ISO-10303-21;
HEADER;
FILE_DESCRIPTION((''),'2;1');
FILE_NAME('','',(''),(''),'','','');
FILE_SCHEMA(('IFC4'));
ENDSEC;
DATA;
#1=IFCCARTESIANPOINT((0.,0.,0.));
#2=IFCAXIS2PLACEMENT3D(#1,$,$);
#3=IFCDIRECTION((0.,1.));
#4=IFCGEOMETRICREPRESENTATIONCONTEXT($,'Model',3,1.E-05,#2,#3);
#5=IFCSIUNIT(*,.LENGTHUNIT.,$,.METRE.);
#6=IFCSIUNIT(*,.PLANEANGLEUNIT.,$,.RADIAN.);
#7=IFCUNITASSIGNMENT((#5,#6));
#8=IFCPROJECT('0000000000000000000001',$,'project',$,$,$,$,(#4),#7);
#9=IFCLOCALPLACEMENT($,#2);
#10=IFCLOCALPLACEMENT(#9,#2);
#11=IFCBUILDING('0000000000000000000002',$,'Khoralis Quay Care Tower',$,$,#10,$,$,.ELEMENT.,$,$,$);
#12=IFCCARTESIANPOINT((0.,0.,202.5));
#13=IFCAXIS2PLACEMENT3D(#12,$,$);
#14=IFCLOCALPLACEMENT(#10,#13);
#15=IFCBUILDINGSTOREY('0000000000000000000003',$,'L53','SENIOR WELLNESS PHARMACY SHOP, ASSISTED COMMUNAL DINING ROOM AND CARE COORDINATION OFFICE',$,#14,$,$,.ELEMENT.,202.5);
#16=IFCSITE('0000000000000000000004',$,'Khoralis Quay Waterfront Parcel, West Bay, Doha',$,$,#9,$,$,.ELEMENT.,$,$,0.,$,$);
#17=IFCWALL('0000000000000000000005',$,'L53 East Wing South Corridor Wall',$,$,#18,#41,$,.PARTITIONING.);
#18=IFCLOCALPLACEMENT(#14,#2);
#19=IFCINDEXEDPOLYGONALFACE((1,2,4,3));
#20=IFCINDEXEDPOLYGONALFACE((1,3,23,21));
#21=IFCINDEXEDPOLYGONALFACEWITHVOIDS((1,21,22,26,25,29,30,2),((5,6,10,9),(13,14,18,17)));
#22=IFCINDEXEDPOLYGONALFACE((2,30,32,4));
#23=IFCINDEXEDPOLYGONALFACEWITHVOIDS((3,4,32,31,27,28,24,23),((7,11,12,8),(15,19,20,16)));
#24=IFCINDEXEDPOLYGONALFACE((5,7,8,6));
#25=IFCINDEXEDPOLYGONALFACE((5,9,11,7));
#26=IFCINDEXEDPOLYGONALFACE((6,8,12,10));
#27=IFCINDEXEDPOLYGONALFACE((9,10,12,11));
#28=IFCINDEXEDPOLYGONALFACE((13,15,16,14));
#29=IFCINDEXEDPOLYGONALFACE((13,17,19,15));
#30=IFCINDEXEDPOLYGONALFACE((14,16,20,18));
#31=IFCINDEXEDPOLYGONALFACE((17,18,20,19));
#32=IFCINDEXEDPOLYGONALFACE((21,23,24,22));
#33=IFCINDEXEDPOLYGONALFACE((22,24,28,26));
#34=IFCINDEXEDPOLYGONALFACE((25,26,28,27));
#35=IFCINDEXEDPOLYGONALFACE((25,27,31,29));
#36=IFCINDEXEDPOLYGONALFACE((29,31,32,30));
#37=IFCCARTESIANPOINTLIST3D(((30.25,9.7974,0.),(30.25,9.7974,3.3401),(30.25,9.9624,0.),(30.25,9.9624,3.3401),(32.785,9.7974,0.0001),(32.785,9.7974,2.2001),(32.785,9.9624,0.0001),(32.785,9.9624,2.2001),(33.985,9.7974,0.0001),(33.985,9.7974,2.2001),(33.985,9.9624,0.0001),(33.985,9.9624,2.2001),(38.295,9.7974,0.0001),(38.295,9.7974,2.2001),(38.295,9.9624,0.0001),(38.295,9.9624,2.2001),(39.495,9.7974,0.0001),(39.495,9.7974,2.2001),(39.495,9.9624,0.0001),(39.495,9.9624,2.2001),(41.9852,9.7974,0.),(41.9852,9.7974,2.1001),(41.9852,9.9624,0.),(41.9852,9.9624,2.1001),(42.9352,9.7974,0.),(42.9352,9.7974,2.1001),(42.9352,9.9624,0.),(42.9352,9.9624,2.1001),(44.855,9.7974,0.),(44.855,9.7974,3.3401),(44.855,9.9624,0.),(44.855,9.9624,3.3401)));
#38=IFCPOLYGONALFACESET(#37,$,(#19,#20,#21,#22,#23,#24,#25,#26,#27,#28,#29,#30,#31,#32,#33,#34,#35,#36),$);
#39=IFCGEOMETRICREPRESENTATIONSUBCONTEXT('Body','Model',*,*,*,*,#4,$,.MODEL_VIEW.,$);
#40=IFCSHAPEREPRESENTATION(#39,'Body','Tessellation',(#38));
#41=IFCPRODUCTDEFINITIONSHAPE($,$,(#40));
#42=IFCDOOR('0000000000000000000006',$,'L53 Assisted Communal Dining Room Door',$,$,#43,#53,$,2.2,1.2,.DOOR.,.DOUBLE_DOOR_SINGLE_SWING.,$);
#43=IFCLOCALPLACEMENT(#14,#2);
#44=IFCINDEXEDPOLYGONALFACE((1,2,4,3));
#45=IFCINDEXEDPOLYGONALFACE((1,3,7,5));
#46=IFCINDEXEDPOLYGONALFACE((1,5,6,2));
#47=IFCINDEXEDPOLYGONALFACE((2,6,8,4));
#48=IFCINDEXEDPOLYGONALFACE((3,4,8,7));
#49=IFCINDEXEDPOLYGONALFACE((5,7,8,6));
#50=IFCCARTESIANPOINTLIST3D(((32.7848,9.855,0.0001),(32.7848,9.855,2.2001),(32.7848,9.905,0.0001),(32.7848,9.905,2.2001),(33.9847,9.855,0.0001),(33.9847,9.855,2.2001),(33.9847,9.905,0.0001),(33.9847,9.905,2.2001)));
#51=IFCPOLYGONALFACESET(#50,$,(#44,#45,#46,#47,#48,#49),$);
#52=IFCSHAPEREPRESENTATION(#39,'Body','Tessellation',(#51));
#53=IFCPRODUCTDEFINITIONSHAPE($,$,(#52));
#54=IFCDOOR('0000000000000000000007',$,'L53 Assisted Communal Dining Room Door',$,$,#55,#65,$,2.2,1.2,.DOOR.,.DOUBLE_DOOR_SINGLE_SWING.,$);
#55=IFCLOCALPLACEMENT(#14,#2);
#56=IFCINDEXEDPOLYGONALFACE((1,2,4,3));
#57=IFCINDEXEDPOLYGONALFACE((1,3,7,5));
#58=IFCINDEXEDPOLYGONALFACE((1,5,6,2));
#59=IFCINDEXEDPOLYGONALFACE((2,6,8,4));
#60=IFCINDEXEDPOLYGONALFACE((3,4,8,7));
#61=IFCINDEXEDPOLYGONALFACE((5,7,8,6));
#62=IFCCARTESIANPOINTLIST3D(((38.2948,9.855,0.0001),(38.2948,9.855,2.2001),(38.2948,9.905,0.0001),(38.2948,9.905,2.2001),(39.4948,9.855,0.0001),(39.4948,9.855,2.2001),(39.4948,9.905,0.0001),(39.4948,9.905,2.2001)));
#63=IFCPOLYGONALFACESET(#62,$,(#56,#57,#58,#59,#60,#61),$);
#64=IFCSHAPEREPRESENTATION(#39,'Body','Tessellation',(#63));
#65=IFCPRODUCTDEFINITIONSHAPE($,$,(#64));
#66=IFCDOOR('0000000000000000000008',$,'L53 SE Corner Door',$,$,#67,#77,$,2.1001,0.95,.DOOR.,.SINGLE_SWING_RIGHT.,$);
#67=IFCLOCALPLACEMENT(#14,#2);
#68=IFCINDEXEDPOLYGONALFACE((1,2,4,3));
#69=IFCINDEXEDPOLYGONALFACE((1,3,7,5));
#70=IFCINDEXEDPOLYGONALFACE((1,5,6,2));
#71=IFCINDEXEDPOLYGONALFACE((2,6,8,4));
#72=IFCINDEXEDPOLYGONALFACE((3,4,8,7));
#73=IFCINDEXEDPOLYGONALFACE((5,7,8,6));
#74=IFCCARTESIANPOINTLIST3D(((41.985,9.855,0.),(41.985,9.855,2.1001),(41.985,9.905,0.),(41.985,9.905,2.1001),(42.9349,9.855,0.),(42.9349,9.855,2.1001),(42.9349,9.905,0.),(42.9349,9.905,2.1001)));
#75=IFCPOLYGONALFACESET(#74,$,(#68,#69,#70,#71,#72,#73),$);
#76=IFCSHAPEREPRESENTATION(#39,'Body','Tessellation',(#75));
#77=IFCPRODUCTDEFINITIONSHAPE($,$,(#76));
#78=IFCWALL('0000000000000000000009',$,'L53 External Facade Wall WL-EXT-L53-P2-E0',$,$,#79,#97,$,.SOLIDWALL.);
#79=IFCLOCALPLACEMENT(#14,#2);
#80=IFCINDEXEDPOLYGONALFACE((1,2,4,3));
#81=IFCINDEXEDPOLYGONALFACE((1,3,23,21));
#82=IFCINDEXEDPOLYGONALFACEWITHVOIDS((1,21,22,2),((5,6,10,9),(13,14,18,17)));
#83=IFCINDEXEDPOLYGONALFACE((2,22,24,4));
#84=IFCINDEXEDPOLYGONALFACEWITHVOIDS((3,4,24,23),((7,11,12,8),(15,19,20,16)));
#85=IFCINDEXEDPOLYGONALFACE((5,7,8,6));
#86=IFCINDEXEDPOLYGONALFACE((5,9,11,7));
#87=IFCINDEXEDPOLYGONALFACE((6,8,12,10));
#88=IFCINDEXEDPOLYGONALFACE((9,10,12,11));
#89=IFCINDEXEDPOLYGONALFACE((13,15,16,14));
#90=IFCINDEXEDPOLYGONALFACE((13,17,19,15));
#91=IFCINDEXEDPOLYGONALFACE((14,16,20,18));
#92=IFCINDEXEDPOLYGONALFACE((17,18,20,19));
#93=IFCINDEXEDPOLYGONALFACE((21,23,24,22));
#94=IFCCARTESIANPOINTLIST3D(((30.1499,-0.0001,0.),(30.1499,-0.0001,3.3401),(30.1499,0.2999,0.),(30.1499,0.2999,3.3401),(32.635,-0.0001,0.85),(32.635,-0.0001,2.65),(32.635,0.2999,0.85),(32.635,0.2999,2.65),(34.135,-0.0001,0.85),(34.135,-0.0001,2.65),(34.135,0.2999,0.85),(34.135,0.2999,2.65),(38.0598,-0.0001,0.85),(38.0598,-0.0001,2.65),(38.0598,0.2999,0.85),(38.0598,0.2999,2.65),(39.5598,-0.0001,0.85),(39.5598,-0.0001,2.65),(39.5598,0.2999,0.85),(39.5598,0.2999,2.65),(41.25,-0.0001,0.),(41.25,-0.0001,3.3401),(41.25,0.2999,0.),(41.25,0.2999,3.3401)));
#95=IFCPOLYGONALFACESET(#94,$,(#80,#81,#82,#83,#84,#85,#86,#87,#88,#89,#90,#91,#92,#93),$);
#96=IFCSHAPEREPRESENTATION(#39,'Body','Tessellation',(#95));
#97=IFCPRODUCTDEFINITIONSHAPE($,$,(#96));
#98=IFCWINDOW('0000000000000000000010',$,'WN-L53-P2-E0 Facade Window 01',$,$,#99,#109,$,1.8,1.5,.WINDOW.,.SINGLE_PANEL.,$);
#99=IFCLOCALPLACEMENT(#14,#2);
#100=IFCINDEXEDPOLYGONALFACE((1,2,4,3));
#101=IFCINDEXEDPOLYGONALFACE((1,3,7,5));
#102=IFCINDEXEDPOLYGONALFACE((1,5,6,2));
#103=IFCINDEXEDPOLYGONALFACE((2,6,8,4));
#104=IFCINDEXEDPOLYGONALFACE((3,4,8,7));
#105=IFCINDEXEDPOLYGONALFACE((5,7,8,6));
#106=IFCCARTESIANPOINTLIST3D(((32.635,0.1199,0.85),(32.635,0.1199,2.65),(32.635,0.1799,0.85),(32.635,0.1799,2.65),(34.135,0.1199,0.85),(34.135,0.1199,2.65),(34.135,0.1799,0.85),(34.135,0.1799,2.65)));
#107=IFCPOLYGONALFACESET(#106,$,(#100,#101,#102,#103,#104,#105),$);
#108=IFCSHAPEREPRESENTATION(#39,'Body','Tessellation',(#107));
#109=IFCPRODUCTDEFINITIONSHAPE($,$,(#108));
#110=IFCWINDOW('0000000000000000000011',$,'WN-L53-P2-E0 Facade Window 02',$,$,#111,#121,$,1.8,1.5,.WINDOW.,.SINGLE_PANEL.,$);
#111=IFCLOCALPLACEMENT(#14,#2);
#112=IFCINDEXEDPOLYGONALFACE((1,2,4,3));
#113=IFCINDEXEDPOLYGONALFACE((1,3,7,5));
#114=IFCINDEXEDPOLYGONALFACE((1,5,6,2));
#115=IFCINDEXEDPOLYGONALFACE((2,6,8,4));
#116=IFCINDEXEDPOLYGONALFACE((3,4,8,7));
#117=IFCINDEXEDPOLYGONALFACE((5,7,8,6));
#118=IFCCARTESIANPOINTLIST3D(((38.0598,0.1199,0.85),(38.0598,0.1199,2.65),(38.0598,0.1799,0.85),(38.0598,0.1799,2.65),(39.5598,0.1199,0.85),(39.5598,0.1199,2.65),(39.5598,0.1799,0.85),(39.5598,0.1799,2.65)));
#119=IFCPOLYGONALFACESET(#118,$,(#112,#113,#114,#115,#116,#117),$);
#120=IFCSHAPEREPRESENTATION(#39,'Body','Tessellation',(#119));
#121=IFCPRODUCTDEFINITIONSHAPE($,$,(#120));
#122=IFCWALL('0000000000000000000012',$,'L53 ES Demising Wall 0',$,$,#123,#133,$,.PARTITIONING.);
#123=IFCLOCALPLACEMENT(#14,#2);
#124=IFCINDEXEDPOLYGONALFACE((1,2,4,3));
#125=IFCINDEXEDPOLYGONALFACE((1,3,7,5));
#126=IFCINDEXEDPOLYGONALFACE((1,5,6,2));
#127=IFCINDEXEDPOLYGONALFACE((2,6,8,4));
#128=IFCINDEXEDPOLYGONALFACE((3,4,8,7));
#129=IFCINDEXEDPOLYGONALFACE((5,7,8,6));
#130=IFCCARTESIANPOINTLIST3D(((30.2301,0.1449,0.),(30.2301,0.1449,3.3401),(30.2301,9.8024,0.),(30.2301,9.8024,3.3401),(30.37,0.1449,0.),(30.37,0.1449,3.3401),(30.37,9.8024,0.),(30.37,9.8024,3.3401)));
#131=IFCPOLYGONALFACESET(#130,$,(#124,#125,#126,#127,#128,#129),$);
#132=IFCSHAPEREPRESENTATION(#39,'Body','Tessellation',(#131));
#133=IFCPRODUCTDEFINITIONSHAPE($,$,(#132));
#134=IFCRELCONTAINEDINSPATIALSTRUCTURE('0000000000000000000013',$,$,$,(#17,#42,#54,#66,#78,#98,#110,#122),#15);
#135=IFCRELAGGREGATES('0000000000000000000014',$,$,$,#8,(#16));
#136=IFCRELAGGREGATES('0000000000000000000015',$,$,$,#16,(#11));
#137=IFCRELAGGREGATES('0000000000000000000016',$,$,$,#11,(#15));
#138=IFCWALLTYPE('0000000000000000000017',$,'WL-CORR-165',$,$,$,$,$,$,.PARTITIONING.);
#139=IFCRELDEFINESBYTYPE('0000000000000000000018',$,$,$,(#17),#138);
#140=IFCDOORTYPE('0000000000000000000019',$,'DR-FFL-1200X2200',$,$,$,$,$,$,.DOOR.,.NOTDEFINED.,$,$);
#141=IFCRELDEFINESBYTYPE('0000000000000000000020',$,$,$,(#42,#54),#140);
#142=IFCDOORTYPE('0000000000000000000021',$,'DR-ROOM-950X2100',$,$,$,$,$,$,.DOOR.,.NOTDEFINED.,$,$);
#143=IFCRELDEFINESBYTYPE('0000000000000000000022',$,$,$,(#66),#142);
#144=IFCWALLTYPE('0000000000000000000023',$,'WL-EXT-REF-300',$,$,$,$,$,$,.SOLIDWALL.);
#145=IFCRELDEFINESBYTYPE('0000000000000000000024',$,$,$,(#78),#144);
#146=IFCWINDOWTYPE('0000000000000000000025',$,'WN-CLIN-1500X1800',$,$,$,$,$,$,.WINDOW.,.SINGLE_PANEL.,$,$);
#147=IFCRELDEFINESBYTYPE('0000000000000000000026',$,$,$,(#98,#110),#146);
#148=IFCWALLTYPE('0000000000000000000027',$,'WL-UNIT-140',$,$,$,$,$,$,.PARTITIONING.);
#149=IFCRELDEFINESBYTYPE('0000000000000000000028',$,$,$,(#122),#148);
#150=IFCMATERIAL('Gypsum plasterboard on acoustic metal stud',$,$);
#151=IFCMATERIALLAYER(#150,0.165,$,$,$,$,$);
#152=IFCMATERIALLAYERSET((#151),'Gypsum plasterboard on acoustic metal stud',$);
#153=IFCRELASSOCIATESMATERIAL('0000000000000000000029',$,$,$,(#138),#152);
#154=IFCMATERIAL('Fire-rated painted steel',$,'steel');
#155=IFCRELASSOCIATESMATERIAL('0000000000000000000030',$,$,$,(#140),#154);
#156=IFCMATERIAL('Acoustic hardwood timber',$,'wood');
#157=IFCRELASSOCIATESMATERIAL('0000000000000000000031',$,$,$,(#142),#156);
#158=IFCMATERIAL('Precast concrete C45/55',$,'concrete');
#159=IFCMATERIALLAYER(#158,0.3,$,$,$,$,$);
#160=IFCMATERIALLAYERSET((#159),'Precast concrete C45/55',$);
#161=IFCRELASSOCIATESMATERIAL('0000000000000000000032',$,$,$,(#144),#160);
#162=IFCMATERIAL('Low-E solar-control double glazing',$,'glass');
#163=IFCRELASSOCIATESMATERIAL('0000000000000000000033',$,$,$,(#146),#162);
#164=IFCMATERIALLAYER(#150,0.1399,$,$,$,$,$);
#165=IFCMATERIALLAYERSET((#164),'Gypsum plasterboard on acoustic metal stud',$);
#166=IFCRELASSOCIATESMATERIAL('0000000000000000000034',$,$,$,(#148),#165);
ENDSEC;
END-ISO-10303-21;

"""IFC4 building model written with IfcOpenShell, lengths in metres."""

from ifc_helpers import new_model, si_unit, direction, frame, frame_2d, origin, place, context, subcontext, project, spatial, rectangle, extrude, source, transform, mapped, material, layer, layer_set, type_object, element, fill, save


model = new_model("IFC4")

# Units and contexts
model_context = context("Model", 3, precision=1e-05, world=origin(), true_north=direction((0.0, 1.0)))
body_context = subcontext(model_context, "Body", "Model", "MODEL_VIEW")
ifc_project = project(units=[si_unit("LENGTHUNIT", "METRE"), si_unit("PLANEANGLEUNIT", "RADIAN")], contexts=[model_context])

# Site, building, storey
site_placement = place(None, origin())
site = spatial("IfcSite", under=ifc_project, at=site_placement, Name="Khoralis Quay Waterfront Parcel, West Bay, Doha", CompositionType="ELEMENT", RefElevation=0.0)
building_placement = place(site_placement, origin())
building = spatial("IfcBuilding", under=site, at=building_placement, Name="Khoralis Quay Care Tower", CompositionType="ELEMENT")
storey_placement = place(building_placement, frame((0.0, 0.0, 202.5)))
storey = spatial("IfcBuildingStorey", under=building, at=storey_placement, Name="L53", Description="SENIOR WELLNESS PHARMACY SHOP, ASSISTED COMMUNAL DINING ROOM AND CARE COORDINATION OFFICE", CompositionType="ELEMENT", Elevation=202.5)

# Shared definitions
ifc_material_1 = material(Name="Low-E solar-control double glazing", Category="glass")

# Wall, openings, doors
ifc_material_2 = material(Name="Gypsum plasterboard on acoustic metal stud")
ifc_layer_1 = layer(ifc_material_2, 0.165)
ifc_layer_set_1 = layer_set([ifc_layer_1], Name="Gypsum plasterboard on acoustic metal stud")
wall_type_1 = type_object("IfcWallType", Name="WL-CORR-165", PredefinedType="PARTITIONING", material=ifc_layer_set_1)
wall_1_placement = place(storey_placement, frame((30.25, 9.8799, 0.0), z_axis=(0.0, 0.0, 1.0), x_axis=(1.0, 0.0, 0.0)))
wall_1 = element("IfcWall", 1, at=wall_1_placement, inside=storey, type_object=wall_type_1, Name="L53 East Wing South Corridor Wall", PredefinedType="PARTITIONING", context=body_context, shape_type="SweptSolid", body=[
    extrude(rectangle(XDim=14.605, YDim=0.165, at=frame_2d((7.3025, 0.0))), origin(), (0.0, 0.0, 1.0), 3.3401),
])
opening_1_placement = place(wall_1_placement, frame((2.5349, 0.0, 0.0)))
opening_1 = element("IfcOpeningElement", 2, at=opening_1_placement, cuts=wall_1, PredefinedType="OPENING", context=body_context, shape_type="SweptSolid", body=[
    extrude(rectangle(XDim=1.2, YDim=2.2, at=frame_2d((0.6001, 1.1001))), frame((0.0, 0.0925, 0.0), z_axis=(0.0, -1.0, 0.0), x_axis=(1.0, 0.0, 0.0)), (0.0, 0.0, 1.0), 0.1851),
])
opening_2_placement = place(wall_1_placement, frame((8.0449, 0.0, 0.0)))
opening_2 = element("IfcOpeningElement", 3, at=opening_2_placement, cuts=wall_1, PredefinedType="OPENING", context=body_context, shape_type="SweptSolid", body=[
    extrude(rectangle(XDim=1.2, YDim=2.2, at=frame_2d((0.6001, 1.1001))), frame((0.0, 0.0925, 0.0), z_axis=(0.0, -1.0, 0.0), x_axis=(1.0, 0.0, 0.0)), (0.0, 0.0, 1.0), 0.1851),
])
opening_3_placement = place(wall_1_placement, frame((11.7351, 0.0, 0.0)))
opening_3 = element("IfcOpeningElement", 4, at=opening_3_placement, cuts=wall_1, PredefinedType="OPENING", context=body_context, shape_type="SweptSolid", body=[
    extrude(rectangle(XDim=0.95, YDim=2.1001, at=frame_2d((0.4751, 1.05))), frame((0.0, 0.0925, 0.0), z_axis=(0.0, -1.0, 0.0), x_axis=(1.0, 0.0, 0.0)), (0.0, 0.0, 1.0), 0.1851),
])
ifc_material_3 = material(Name="Fire-rated painted steel", Category="steel")
door_type_1 = type_object("IfcDoorType", Name="DR-FFL-1200X2200", OperationType="NOTDEFINED", PredefinedType="DOOR", material=ifc_material_3)
shared_shape_1 = source(origin(), body_context, "Body", "SweptSolid", [
    extrude(rectangle(XDim=1.2, YDim=2.2, at=frame_2d((0.6001, 1.1001))), frame((0.0, 0.0249, 0.0), z_axis=(0.0, -1.0, 0.0), x_axis=(1.0, 0.0, 0.0)), (0.0, 0.0, 1.0), 0.05),
])
door_1_placement = place(opening_1_placement, frame((1.2, 0.0, 0.0), z_axis=(0.0, 0.0, 1.0), x_axis=(-1.0, 0.0, 0.0)))
door_1 = element("IfcDoor", 5, at=door_1_placement, inside=storey, type_object=door_type_1, Name="L53 Assisted Communal Dining Room Door", OperationType="DOUBLE_DOOR_SINGLE_SWING", OverallHeight=2.2, OverallWidth=1.2, PredefinedType="DOOR", context=body_context, shape_type="MappedRepresentation", body=[
    mapped(shared_shape_1, transform((0.0, 0.0, 0.0), scale=1.0)),
])
fill(opening_1, door_1)
door_2_placement = place(opening_2_placement, frame((1.2, 0.0, 0.0), z_axis=(0.0, 0.0, 1.0), x_axis=(-1.0, 0.0, 0.0)))
door_2 = element("IfcDoor", 6, at=door_2_placement, inside=storey, type_object=door_type_1, Name="L53 Assisted Communal Dining Room Door", OperationType="DOUBLE_DOOR_SINGLE_SWING", OverallHeight=2.2, OverallWidth=1.2, PredefinedType="DOOR", context=body_context, shape_type="MappedRepresentation", body=[
    mapped(shared_shape_1, transform((0.0, 0.0, 0.0), scale=1.0)),
])
fill(opening_2, door_2)
ifc_material_4 = material(Name="Acoustic hardwood timber", Category="wood")
door_type_2 = type_object("IfcDoorType", Name="DR-ROOM-950X2100", OperationType="NOTDEFINED", PredefinedType="DOOR", material=ifc_material_4)
shared_shape_2 = source(origin(), body_context, "Body", "SweptSolid", [
    extrude(rectangle(XDim=0.95, YDim=2.1001, at=frame_2d((0.4751, 1.05))), frame((0.0, 0.0249, 0.0), z_axis=(0.0, -1.0, 0.0), x_axis=(1.0, 0.0, 0.0)), (0.0, 0.0, 1.0), 0.05),
])
door_3_placement = place(opening_3_placement, frame((0.95, 0.0, 0.0), z_axis=(0.0, 0.0, 1.0), x_axis=(-1.0, 0.0, 0.0)))
door_3 = element("IfcDoor", 7, at=door_3_placement, inside=storey, type_object=door_type_2, Name="L53 SE Corner Door", OperationType="SINGLE_SWING_RIGHT", OverallHeight=2.1001, OverallWidth=0.95, PredefinedType="DOOR", context=body_context, shape_type="MappedRepresentation", body=[
    mapped(shared_shape_2, transform((0.0, 0.0, 0.0), scale=1.0)),
])
fill(opening_3, door_3)

# Wall, openings, windows
ifc_material_5 = material(Name="Precast concrete C45/55", Category="concrete")
ifc_layer_2 = layer(ifc_material_5, 0.3)
ifc_layer_set_2 = layer_set([ifc_layer_2], Name="Precast concrete C45/55")
wall_type_2 = type_object("IfcWallType", Name="WL-EXT-REF-300", PredefinedType="SOLIDWALL", material=ifc_layer_set_2)
wall_2_placement = place(storey_placement, frame((30.1499, 0.1499, 0.0), z_axis=(0.0, 0.0, 1.0), x_axis=(1.0, 0.0, 0.0)))
wall_2 = element("IfcWall", 8, at=wall_2_placement, inside=storey, type_object=wall_type_2, Name="L53 External Facade Wall WL-EXT-L53-P2-E0", PredefinedType="SOLIDWALL", context=body_context, shape_type="SweptSolid", body=[
    extrude(rectangle(XDim=11.1001, YDim=0.3, at=frame_2d((5.55, 0.0))), origin(), (0.0, 0.0, 1.0), 3.3401),
])
opening_4_placement = place(wall_2_placement, frame((2.4851, 0.0, 0.8501)))
opening_4 = element("IfcOpeningElement", 9, at=opening_4_placement, cuts=wall_2, PredefinedType="OPENING", context=body_context, shape_type="SweptSolid", body=[
    extrude(rectangle(XDim=1.5, YDim=1.8, at=frame_2d((0.75, 0.8999))), frame((0.0, 0.1602, 0.0), z_axis=(0.0, -1.0, 0.0), x_axis=(1.0, 0.0, 0.0)), (0.0, 0.0, 1.0), 0.3201),
])
opening_5_placement = place(wall_2_placement, frame((7.9099, 0.0, 0.8501)))
opening_5 = element("IfcOpeningElement", 10, at=opening_5_placement, cuts=wall_2, PredefinedType="OPENING", context=body_context, shape_type="SweptSolid", body=[
    extrude(rectangle(XDim=1.5, YDim=1.8, at=frame_2d((0.75, 0.8999))), frame((0.0, 0.1602, 0.0), z_axis=(0.0, -1.0, 0.0), x_axis=(1.0, 0.0, 0.0)), (0.0, 0.0, 1.0), 0.3201),
])
window_type = type_object("IfcWindowType", Name="WN-CLIN-1500X1800", PartitioningType="SINGLE_PANEL", PredefinedType="WINDOW", material=ifc_material_1)
shared_shape_3 = source(origin(), body_context, "Body", "SweptSolid", [
    extrude(rectangle(XDim=1.5, YDim=1.8, at=frame_2d((0.75, 0.8999))), frame((0.0, 0.03, 0.0), z_axis=(0.0, -1.0, 0.0), x_axis=(1.0, 0.0, 0.0)), (0.0, 0.0, 1.0), 0.0601),
])
window_1_placement = place(opening_4_placement, origin())
window_1 = element("IfcWindow", 11, at=window_1_placement, inside=storey, type_object=window_type, Name="WN-L53-P2-E0 Facade Window 01", OverallHeight=1.8, OverallWidth=1.5, PartitioningType="SINGLE_PANEL", PredefinedType="WINDOW", context=body_context, shape_type="MappedRepresentation", body=[
    mapped(shared_shape_3, transform((0.0, 0.0, 0.0), scale=1.0)),
])
fill(opening_4, window_1)
window_2_placement = place(opening_5_placement, origin())
window_2 = element("IfcWindow", 12, at=window_2_placement, inside=storey, type_object=window_type, Name="WN-L53-P2-E0 Facade Window 02", OverallHeight=1.8, OverallWidth=1.5, PartitioningType="SINGLE_PANEL", PredefinedType="WINDOW", context=body_context, shape_type="MappedRepresentation", body=[
    mapped(shared_shape_3, transform((0.0, 0.0, 0.0), scale=1.0)),
])
fill(opening_5, window_2)

# Wall
ifc_layer_3 = layer(ifc_material_2, 0.1399)
ifc_layer_set_3 = layer_set([ifc_layer_3], Name="Gypsum plasterboard on acoustic metal stud")
wall_type_3 = type_object("IfcWallType", Name="WL-UNIT-140", PredefinedType="PARTITIONING", material=ifc_layer_set_3)
wall_3_placement = place(storey_placement, frame((30.3, 0.145, 0.0), z_axis=(0.0, 0.0, 1.0), x_axis=(0.0, 1.0, 0.0)))
element("IfcWall", 13, at=wall_3_placement, inside=storey, type_object=wall_type_3, Name="L53 ES Demising Wall 0", PredefinedType="PARTITIONING", context=body_context, shape_type="SweptSolid", body=[
    extrude(rectangle(XDim=9.6575, YDim=0.1399, at=frame_2d((4.8286, 0.0))), origin(), (0.0, 0.0, 1.0), 3.3401),
])

save(model, "model.ifc")
